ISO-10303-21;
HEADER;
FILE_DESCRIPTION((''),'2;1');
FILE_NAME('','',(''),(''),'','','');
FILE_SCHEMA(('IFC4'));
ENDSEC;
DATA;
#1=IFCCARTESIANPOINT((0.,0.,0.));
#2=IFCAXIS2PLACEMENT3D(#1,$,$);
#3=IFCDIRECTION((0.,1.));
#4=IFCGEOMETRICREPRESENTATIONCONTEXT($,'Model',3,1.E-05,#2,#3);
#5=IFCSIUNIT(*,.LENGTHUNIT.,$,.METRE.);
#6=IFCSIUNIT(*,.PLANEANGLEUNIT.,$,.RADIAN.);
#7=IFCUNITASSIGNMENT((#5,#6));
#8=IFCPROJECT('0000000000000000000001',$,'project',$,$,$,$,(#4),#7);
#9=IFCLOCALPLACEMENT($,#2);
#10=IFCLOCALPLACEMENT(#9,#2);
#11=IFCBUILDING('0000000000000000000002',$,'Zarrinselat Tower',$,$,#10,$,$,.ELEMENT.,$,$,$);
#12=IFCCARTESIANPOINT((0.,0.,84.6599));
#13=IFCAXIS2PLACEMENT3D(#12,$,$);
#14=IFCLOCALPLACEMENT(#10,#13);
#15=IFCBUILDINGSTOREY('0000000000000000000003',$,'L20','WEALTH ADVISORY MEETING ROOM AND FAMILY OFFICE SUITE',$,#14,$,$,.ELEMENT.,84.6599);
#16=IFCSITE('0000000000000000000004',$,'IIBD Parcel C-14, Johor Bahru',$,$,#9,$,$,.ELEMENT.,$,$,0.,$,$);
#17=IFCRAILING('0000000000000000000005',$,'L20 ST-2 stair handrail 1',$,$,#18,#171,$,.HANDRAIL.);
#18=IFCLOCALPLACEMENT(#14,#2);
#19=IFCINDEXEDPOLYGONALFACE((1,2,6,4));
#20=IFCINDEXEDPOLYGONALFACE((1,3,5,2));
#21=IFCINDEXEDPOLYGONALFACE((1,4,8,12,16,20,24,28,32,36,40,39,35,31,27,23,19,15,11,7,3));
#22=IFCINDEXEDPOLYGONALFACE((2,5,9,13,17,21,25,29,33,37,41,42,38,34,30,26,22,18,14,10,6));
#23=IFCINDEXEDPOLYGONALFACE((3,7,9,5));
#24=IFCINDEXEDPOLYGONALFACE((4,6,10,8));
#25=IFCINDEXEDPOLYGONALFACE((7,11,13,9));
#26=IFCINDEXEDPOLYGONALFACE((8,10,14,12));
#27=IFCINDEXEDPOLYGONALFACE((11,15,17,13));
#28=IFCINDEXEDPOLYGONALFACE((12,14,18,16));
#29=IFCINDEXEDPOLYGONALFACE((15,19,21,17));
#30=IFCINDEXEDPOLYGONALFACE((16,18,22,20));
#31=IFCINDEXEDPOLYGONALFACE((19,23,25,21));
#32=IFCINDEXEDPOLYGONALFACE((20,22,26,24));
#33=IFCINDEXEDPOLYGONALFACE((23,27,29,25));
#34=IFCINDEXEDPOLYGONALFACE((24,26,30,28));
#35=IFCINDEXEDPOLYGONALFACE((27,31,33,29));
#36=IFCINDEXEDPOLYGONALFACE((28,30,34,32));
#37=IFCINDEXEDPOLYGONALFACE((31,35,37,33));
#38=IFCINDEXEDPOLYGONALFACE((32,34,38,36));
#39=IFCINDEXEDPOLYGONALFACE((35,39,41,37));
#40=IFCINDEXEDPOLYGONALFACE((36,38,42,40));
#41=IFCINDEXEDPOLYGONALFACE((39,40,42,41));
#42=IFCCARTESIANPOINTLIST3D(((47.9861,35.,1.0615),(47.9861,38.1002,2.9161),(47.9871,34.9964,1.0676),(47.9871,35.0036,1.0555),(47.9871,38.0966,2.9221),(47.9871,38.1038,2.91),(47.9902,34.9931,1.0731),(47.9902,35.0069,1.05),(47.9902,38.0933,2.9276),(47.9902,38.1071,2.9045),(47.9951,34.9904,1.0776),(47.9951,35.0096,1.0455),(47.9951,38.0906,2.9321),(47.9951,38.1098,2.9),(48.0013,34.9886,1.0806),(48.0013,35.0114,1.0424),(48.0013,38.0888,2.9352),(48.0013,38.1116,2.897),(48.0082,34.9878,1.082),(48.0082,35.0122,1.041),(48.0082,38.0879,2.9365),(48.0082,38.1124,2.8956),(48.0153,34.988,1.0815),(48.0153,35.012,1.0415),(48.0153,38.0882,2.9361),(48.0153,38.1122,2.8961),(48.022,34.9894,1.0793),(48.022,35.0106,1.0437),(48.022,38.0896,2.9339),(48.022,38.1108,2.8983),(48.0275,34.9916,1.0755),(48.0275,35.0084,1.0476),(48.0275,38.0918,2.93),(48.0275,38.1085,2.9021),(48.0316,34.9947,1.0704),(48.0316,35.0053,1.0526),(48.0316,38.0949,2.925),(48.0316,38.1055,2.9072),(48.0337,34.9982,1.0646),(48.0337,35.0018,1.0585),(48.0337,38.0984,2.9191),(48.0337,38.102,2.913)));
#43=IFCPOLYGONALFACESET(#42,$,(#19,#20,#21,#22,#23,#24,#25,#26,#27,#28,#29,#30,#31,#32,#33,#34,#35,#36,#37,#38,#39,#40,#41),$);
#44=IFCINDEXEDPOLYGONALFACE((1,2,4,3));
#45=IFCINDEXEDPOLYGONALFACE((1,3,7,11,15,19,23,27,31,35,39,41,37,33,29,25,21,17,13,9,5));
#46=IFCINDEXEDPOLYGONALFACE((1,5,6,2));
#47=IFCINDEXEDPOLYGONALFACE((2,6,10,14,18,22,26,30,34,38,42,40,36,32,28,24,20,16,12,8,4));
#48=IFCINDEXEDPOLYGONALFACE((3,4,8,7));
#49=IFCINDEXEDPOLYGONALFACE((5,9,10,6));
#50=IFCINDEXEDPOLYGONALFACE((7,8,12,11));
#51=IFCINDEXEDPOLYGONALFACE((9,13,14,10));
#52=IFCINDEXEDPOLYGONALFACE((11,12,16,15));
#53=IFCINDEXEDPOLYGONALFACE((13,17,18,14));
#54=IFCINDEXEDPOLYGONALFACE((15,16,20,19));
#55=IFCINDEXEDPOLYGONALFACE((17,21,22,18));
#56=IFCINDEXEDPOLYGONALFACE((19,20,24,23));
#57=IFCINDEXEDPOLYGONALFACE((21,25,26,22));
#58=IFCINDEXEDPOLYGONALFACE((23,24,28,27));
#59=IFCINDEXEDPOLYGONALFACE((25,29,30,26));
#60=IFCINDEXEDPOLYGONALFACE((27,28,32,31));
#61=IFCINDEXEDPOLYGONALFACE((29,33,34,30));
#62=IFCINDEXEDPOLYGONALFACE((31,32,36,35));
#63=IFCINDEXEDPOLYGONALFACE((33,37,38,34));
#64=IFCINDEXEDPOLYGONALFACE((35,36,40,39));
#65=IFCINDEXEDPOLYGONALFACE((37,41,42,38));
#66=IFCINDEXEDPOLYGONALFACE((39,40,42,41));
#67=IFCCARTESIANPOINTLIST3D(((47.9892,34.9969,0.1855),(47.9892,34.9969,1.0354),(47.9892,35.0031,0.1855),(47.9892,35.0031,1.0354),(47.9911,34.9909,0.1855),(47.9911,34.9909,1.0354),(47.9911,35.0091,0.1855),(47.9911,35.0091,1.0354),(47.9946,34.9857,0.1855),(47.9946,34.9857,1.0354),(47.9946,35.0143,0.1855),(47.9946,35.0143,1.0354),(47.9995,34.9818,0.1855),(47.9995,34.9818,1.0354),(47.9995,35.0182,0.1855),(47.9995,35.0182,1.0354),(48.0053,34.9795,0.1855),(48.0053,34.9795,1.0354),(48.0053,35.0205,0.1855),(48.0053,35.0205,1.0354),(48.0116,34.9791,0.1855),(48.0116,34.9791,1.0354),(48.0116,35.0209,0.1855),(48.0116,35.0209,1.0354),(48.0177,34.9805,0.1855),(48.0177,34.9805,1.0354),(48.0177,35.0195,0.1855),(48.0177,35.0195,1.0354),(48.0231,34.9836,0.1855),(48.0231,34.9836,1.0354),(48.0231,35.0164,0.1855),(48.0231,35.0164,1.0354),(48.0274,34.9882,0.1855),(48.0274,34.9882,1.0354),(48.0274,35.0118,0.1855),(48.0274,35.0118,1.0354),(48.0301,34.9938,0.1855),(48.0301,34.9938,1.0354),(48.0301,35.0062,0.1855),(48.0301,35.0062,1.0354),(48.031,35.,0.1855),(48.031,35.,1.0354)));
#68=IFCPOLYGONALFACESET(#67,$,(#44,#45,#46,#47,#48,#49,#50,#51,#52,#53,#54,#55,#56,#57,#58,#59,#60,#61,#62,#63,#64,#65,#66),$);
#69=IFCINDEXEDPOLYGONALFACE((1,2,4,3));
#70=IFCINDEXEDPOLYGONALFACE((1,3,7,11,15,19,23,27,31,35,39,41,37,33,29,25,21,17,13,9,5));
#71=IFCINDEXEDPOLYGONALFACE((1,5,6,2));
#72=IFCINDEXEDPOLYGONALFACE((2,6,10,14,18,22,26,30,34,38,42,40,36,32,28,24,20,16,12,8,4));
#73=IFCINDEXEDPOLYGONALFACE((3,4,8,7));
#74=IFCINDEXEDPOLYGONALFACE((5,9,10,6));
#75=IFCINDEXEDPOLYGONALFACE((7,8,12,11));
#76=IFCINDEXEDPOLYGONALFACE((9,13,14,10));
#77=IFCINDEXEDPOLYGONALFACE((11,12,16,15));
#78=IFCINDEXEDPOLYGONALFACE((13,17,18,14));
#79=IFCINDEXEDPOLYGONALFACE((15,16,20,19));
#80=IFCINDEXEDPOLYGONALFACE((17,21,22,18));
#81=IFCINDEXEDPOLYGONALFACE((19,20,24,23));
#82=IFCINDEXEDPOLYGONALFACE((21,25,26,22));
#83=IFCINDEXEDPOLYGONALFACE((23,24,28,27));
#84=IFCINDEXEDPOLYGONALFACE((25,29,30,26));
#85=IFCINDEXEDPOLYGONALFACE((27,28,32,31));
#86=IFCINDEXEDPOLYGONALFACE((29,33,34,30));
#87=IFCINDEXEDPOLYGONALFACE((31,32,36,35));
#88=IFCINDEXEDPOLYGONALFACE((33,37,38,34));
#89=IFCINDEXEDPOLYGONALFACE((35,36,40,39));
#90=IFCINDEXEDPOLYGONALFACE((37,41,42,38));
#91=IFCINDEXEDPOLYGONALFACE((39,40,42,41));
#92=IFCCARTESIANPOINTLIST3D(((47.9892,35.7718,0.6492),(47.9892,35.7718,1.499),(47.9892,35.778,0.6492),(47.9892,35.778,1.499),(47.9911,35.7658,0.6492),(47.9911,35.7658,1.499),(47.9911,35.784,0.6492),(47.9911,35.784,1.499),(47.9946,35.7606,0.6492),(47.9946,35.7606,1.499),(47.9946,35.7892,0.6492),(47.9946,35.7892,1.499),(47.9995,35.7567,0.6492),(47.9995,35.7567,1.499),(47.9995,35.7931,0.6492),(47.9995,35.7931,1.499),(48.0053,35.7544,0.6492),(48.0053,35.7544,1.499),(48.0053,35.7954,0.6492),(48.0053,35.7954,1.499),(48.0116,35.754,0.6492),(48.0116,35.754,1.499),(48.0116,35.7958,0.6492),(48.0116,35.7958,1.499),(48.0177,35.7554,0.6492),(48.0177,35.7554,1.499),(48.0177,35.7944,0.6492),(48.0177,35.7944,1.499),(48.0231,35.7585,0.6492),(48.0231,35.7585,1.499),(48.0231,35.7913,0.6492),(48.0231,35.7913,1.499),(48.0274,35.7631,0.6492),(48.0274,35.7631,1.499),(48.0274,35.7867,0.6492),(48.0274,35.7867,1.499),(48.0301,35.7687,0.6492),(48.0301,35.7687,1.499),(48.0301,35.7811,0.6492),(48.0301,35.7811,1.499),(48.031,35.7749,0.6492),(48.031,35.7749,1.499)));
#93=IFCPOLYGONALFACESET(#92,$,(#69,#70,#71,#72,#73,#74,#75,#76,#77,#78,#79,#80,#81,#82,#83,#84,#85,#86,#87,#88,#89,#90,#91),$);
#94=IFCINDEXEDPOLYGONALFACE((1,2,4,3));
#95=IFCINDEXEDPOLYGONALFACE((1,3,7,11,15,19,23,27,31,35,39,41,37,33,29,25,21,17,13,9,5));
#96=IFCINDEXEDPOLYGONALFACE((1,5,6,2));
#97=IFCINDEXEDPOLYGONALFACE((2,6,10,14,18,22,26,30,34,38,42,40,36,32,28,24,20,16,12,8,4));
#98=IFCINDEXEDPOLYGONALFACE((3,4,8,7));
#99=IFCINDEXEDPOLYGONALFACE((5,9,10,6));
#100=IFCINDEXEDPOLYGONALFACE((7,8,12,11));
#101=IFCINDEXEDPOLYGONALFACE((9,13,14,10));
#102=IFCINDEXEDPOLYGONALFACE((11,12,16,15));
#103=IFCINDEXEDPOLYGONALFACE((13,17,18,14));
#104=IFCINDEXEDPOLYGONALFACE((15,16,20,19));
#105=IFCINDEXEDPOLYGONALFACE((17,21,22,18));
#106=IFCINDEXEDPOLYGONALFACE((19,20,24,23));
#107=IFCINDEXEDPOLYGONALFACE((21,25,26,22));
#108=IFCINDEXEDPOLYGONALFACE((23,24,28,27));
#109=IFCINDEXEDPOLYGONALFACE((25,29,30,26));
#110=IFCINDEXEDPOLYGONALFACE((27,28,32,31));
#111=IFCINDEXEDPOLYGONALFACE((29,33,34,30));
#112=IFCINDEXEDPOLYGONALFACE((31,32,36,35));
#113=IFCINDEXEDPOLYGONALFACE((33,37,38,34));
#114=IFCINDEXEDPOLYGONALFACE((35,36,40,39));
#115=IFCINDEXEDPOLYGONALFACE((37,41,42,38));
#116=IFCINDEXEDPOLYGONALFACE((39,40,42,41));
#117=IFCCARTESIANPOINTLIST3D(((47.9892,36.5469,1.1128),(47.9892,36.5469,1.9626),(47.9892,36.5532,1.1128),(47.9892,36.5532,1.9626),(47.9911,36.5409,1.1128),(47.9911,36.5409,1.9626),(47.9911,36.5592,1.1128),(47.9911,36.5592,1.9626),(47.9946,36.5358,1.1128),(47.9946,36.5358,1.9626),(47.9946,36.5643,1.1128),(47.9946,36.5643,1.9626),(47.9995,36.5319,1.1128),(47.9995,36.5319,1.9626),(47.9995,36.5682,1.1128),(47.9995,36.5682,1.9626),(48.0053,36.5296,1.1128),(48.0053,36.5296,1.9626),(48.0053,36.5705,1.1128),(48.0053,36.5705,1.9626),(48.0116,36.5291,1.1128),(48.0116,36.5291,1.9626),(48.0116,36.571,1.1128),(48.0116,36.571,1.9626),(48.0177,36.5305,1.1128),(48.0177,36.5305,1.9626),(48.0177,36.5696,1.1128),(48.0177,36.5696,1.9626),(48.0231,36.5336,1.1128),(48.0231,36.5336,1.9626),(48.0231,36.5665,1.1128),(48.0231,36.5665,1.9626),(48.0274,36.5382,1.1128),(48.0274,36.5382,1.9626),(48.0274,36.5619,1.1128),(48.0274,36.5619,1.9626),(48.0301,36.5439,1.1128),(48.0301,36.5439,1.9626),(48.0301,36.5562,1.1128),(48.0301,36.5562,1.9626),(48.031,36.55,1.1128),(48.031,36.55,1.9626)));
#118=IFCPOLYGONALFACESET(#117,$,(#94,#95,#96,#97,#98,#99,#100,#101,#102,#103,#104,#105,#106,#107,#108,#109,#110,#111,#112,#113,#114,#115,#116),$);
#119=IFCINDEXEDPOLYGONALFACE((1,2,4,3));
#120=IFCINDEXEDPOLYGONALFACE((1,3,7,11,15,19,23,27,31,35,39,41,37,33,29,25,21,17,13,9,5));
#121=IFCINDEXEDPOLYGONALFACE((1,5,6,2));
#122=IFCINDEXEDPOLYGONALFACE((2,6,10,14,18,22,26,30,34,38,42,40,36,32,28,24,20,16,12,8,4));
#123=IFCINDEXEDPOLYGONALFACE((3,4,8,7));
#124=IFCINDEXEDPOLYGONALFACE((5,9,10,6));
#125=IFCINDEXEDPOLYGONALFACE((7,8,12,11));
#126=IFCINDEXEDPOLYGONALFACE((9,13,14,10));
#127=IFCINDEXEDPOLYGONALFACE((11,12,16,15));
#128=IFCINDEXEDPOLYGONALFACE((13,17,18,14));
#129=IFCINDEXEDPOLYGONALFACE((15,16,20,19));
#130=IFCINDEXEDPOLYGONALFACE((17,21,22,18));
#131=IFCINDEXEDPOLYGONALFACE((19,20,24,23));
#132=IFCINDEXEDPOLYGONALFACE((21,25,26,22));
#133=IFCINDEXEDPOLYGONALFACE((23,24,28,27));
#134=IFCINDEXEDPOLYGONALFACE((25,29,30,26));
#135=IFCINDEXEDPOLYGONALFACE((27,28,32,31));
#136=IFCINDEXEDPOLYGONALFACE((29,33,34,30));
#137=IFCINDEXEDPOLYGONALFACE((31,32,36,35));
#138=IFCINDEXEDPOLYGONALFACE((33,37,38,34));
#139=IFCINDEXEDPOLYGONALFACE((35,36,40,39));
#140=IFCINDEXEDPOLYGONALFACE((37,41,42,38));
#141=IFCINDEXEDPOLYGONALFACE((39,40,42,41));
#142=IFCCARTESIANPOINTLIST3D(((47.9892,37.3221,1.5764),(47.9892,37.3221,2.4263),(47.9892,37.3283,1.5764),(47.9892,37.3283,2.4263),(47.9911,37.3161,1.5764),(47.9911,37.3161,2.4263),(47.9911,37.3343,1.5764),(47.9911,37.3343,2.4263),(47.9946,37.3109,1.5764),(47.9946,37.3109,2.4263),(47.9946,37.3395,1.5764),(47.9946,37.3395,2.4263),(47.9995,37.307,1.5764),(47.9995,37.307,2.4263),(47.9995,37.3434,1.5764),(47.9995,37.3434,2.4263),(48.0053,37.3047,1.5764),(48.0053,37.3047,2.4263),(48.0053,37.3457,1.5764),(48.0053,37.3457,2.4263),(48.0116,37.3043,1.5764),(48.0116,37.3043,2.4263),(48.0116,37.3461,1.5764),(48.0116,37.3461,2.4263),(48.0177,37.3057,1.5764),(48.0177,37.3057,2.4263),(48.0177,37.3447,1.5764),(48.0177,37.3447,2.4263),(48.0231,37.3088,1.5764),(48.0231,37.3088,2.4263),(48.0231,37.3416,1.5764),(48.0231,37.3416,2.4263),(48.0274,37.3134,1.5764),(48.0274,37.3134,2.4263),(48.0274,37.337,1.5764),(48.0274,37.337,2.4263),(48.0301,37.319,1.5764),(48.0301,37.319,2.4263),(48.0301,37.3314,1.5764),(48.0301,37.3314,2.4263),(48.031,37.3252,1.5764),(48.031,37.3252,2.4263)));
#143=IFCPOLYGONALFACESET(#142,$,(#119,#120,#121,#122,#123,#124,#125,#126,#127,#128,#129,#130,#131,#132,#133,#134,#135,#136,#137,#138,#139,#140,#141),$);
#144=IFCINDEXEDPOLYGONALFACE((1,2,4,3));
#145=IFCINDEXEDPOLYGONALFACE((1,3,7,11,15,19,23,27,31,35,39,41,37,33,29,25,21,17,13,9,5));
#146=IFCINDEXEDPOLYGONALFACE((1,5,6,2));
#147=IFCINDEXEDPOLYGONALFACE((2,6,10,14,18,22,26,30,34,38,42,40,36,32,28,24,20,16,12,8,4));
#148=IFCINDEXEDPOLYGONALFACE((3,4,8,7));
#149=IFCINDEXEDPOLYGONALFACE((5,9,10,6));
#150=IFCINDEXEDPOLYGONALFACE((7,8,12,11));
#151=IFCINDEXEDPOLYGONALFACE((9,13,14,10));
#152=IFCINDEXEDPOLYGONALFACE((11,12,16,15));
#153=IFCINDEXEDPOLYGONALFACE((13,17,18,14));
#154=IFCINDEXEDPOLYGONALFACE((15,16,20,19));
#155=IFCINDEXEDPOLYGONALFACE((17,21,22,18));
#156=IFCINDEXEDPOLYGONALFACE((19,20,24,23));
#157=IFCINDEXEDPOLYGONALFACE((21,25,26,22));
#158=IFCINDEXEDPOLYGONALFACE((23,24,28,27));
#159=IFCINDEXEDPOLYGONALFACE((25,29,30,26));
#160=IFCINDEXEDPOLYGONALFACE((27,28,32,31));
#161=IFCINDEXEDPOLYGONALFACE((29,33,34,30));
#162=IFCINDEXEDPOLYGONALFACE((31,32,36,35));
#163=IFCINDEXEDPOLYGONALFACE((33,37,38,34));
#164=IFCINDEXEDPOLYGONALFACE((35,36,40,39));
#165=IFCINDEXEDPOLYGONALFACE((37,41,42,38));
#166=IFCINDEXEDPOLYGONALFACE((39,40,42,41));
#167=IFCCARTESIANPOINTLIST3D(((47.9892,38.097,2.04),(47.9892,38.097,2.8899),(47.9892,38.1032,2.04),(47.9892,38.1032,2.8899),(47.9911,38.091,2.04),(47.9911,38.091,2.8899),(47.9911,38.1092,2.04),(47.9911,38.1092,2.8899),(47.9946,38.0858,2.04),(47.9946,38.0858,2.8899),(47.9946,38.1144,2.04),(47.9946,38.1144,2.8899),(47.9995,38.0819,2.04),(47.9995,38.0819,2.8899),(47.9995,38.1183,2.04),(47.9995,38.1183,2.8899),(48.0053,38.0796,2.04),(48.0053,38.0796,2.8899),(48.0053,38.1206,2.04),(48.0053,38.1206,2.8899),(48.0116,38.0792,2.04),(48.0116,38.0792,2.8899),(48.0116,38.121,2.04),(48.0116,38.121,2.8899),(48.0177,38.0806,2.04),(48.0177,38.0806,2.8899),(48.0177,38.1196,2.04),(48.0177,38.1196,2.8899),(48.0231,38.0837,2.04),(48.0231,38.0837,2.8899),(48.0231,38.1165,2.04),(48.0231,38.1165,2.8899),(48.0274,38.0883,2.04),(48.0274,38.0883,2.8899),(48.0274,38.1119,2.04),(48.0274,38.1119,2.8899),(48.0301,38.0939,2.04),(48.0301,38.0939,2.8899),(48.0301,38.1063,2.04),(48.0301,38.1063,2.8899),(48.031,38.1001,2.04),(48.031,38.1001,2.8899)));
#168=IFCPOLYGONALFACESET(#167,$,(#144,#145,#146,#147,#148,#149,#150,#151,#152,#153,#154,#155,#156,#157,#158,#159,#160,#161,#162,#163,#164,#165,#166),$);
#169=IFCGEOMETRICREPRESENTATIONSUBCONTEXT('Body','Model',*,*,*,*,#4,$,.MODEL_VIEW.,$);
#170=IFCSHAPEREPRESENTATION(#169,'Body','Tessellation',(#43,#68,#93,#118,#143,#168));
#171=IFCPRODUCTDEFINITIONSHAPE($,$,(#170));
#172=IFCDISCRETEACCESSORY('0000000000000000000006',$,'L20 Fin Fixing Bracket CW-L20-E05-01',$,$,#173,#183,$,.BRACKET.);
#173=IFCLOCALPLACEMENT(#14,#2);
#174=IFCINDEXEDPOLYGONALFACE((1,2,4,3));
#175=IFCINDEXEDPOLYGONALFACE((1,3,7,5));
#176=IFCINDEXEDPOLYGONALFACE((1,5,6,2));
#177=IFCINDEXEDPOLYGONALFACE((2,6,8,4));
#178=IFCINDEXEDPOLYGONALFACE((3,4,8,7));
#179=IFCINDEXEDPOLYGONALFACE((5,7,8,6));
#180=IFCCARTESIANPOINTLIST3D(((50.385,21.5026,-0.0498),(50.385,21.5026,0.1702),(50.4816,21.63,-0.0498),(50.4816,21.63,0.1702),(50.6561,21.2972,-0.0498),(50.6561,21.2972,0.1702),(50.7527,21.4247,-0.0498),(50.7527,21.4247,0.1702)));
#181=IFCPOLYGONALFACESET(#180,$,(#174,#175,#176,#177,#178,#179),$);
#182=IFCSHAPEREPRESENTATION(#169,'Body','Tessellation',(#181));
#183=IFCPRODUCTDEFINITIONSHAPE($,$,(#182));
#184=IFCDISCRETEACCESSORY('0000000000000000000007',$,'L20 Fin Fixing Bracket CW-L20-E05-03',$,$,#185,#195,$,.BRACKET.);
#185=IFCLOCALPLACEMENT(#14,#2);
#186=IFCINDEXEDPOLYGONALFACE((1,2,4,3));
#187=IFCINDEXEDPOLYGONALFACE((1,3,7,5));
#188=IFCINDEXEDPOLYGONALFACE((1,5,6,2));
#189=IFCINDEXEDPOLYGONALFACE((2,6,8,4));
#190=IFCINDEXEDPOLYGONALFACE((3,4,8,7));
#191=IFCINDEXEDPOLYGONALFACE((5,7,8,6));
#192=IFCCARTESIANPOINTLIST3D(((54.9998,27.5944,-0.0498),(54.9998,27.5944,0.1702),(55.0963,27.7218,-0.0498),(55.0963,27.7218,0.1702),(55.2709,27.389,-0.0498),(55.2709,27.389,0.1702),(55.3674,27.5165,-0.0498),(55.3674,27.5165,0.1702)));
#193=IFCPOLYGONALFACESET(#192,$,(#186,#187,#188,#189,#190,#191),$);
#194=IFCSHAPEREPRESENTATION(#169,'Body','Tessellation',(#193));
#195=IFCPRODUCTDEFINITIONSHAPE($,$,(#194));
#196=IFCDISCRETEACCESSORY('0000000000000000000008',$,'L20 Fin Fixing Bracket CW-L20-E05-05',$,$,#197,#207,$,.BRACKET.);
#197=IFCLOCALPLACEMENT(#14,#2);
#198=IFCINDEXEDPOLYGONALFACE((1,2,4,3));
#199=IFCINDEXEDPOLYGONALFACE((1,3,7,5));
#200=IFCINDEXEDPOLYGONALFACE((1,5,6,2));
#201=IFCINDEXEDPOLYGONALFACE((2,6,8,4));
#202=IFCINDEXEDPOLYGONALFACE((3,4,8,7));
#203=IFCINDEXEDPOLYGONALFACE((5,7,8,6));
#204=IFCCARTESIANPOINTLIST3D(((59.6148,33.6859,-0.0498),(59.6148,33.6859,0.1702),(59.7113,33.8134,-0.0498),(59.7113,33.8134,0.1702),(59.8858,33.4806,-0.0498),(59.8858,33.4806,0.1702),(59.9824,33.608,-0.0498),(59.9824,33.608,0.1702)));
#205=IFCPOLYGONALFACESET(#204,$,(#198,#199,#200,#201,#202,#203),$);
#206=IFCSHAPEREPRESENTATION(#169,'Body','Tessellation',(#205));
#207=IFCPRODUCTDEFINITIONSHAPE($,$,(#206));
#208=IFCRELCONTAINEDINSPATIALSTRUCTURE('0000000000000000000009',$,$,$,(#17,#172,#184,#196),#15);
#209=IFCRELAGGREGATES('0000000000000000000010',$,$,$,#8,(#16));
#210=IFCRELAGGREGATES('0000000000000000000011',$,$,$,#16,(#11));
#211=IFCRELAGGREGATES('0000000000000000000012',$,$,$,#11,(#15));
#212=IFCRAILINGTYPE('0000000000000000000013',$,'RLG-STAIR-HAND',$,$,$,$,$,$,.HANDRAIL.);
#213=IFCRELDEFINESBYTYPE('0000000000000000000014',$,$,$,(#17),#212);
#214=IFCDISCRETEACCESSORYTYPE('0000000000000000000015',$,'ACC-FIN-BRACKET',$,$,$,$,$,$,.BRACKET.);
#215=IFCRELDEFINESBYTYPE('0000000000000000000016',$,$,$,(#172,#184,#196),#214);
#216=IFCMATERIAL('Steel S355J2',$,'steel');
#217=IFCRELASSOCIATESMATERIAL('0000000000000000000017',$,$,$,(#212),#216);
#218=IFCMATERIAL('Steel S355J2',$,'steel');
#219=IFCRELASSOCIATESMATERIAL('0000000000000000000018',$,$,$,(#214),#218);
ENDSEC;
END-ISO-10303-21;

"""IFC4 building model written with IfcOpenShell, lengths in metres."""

from ifc_helpers import new_model, si_unit, direction, frame, origin, origin_2d, place, context, subcontext, project, spatial, rectangle, circle, extrude, material, type_object, element, save


model = new_model("IFC4")

# Units and contexts
model_context = context("Model", 3, precision=1e-05, world=origin(), true_north=direction((0.0, 1.0)))
body_context = subcontext(model_context, "Body", "Model", "MODEL_VIEW")
ifc_project = project(units=[si_unit("LENGTHUNIT", "METRE"), si_unit("PLANEANGLEUNIT", "RADIAN")], contexts=[model_context])

# Site, building, storey
site_placement = place(None, origin())
site = spatial("IfcSite", under=ifc_project, at=site_placement, Name="IIBD Parcel C-14, Johor Bahru", CompositionType="ELEMENT", RefElevation=0.0)
building_placement = place(site_placement, origin())
building = spatial("IfcBuilding", under=site, at=building_placement, Name="Zarrinselat Tower", CompositionType="ELEMENT")
storey_placement = place(building_placement, frame((0.0, 0.0, 84.6599)))
storey = spatial("IfcBuildingStorey", under=building, at=storey_placement, Name="L20", Description="WEALTH ADVISORY MEETING ROOM AND FAMILY OFFICE SUITE", CompositionType="ELEMENT", Elevation=84.6599)

# Railing
ifc_material_1 = material(Name="Steel S355J2", Category="steel")
railing_type_1 = type_object("IfcRailingType", Name="RLG-STAIR-HAND", PredefinedType="HANDRAIL", material=ifc_material_1)
railing_1_placement = place(storey_placement, frame((48.01, 35.0, 0.1855)))
element("IfcRailing", 1, at=railing_1_placement, inside=storey, type_object=railing_type_1, Name="L20 ST-2 stair handrail 1", PredefinedType="HANDRAIL", context=body_context, shape_type="SweptSolid", body=[
    extrude(circle(Radius=0.0239, at=origin_2d()), frame((0.0, 0.0, 0.876), z_axis=(0.0, 0.858172, 0.513362), x_axis=(-1.0, 0.0, 0.0)), (0.0, 0.0, 1.0), 3.6125),
    extrude(circle(Radius=0.021, at=origin_2d()), origin(), (0.0, 0.0, 1.0), 0.8499),
    extrude(circle(Radius=0.021, at=origin_2d()), frame((0.0, 0.7749, 0.4636)), (0.0, 0.0, 1.0), 0.8499),
    extrude(circle(Radius=0.021, at=origin_2d()), frame((0.0, 1.55, 0.9272)), (0.0, 0.0, 1.0), 0.8499),
    extrude(circle(Radius=0.021, at=origin_2d()), frame((0.0, 2.3252, 1.3909)), (0.0, 0.0, 1.0), 0.8499),
    extrude(circle(Radius=0.021, at=origin_2d()), frame((0.0, 3.1001, 1.8545)), (0.0, 0.0, 1.0), 0.8499),
])

# Discrete accessories
ifc_material_2 = material(Name="Steel S355J2", Category="steel")
discrete_accessory_type = type_object("IfcDiscreteAccessoryType", Name="ACC-FIN-BRACKET", PredefinedType="BRACKET", material=ifc_material_2)
for number, where, z_axis, x_axis, name in (
    (2, (50.5688, 21.4636, -0.0498), (0.0, 0.0, 1.0), (0.797094, -0.603856, 0.0), "L20 Fin Fixing Bracket CW-L20-E05-01"),
    (3, (55.1836, 27.5554, -0.0498), (0.0, 0.0, 1.0), (0.797094, -0.603856, 0.0), "L20 Fin Fixing Bracket CW-L20-E05-03"),
    (4, (59.7986, 33.647, -0.0498), (0.0, 0.0, 1.0), (0.797094, -0.603856, 0.0), "L20 Fin Fixing Bracket CW-L20-E05-05"),
):
    element("IfcDiscreteAccessory", number, at=place(storey_placement, frame(where, z_axis=z_axis, x_axis=x_axis)), inside=storey, type_object=discrete_accessory_type, Name=name, PredefinedType="BRACKET", context=body_context, shape_type="SweptSolid", body=[
        extrude(rectangle(XDim=0.3401, YDim=0.1599, at=origin_2d()), origin(), (0.0, 0.0, 1.0), 0.22),
    ])

save(model, "model.ifc")
